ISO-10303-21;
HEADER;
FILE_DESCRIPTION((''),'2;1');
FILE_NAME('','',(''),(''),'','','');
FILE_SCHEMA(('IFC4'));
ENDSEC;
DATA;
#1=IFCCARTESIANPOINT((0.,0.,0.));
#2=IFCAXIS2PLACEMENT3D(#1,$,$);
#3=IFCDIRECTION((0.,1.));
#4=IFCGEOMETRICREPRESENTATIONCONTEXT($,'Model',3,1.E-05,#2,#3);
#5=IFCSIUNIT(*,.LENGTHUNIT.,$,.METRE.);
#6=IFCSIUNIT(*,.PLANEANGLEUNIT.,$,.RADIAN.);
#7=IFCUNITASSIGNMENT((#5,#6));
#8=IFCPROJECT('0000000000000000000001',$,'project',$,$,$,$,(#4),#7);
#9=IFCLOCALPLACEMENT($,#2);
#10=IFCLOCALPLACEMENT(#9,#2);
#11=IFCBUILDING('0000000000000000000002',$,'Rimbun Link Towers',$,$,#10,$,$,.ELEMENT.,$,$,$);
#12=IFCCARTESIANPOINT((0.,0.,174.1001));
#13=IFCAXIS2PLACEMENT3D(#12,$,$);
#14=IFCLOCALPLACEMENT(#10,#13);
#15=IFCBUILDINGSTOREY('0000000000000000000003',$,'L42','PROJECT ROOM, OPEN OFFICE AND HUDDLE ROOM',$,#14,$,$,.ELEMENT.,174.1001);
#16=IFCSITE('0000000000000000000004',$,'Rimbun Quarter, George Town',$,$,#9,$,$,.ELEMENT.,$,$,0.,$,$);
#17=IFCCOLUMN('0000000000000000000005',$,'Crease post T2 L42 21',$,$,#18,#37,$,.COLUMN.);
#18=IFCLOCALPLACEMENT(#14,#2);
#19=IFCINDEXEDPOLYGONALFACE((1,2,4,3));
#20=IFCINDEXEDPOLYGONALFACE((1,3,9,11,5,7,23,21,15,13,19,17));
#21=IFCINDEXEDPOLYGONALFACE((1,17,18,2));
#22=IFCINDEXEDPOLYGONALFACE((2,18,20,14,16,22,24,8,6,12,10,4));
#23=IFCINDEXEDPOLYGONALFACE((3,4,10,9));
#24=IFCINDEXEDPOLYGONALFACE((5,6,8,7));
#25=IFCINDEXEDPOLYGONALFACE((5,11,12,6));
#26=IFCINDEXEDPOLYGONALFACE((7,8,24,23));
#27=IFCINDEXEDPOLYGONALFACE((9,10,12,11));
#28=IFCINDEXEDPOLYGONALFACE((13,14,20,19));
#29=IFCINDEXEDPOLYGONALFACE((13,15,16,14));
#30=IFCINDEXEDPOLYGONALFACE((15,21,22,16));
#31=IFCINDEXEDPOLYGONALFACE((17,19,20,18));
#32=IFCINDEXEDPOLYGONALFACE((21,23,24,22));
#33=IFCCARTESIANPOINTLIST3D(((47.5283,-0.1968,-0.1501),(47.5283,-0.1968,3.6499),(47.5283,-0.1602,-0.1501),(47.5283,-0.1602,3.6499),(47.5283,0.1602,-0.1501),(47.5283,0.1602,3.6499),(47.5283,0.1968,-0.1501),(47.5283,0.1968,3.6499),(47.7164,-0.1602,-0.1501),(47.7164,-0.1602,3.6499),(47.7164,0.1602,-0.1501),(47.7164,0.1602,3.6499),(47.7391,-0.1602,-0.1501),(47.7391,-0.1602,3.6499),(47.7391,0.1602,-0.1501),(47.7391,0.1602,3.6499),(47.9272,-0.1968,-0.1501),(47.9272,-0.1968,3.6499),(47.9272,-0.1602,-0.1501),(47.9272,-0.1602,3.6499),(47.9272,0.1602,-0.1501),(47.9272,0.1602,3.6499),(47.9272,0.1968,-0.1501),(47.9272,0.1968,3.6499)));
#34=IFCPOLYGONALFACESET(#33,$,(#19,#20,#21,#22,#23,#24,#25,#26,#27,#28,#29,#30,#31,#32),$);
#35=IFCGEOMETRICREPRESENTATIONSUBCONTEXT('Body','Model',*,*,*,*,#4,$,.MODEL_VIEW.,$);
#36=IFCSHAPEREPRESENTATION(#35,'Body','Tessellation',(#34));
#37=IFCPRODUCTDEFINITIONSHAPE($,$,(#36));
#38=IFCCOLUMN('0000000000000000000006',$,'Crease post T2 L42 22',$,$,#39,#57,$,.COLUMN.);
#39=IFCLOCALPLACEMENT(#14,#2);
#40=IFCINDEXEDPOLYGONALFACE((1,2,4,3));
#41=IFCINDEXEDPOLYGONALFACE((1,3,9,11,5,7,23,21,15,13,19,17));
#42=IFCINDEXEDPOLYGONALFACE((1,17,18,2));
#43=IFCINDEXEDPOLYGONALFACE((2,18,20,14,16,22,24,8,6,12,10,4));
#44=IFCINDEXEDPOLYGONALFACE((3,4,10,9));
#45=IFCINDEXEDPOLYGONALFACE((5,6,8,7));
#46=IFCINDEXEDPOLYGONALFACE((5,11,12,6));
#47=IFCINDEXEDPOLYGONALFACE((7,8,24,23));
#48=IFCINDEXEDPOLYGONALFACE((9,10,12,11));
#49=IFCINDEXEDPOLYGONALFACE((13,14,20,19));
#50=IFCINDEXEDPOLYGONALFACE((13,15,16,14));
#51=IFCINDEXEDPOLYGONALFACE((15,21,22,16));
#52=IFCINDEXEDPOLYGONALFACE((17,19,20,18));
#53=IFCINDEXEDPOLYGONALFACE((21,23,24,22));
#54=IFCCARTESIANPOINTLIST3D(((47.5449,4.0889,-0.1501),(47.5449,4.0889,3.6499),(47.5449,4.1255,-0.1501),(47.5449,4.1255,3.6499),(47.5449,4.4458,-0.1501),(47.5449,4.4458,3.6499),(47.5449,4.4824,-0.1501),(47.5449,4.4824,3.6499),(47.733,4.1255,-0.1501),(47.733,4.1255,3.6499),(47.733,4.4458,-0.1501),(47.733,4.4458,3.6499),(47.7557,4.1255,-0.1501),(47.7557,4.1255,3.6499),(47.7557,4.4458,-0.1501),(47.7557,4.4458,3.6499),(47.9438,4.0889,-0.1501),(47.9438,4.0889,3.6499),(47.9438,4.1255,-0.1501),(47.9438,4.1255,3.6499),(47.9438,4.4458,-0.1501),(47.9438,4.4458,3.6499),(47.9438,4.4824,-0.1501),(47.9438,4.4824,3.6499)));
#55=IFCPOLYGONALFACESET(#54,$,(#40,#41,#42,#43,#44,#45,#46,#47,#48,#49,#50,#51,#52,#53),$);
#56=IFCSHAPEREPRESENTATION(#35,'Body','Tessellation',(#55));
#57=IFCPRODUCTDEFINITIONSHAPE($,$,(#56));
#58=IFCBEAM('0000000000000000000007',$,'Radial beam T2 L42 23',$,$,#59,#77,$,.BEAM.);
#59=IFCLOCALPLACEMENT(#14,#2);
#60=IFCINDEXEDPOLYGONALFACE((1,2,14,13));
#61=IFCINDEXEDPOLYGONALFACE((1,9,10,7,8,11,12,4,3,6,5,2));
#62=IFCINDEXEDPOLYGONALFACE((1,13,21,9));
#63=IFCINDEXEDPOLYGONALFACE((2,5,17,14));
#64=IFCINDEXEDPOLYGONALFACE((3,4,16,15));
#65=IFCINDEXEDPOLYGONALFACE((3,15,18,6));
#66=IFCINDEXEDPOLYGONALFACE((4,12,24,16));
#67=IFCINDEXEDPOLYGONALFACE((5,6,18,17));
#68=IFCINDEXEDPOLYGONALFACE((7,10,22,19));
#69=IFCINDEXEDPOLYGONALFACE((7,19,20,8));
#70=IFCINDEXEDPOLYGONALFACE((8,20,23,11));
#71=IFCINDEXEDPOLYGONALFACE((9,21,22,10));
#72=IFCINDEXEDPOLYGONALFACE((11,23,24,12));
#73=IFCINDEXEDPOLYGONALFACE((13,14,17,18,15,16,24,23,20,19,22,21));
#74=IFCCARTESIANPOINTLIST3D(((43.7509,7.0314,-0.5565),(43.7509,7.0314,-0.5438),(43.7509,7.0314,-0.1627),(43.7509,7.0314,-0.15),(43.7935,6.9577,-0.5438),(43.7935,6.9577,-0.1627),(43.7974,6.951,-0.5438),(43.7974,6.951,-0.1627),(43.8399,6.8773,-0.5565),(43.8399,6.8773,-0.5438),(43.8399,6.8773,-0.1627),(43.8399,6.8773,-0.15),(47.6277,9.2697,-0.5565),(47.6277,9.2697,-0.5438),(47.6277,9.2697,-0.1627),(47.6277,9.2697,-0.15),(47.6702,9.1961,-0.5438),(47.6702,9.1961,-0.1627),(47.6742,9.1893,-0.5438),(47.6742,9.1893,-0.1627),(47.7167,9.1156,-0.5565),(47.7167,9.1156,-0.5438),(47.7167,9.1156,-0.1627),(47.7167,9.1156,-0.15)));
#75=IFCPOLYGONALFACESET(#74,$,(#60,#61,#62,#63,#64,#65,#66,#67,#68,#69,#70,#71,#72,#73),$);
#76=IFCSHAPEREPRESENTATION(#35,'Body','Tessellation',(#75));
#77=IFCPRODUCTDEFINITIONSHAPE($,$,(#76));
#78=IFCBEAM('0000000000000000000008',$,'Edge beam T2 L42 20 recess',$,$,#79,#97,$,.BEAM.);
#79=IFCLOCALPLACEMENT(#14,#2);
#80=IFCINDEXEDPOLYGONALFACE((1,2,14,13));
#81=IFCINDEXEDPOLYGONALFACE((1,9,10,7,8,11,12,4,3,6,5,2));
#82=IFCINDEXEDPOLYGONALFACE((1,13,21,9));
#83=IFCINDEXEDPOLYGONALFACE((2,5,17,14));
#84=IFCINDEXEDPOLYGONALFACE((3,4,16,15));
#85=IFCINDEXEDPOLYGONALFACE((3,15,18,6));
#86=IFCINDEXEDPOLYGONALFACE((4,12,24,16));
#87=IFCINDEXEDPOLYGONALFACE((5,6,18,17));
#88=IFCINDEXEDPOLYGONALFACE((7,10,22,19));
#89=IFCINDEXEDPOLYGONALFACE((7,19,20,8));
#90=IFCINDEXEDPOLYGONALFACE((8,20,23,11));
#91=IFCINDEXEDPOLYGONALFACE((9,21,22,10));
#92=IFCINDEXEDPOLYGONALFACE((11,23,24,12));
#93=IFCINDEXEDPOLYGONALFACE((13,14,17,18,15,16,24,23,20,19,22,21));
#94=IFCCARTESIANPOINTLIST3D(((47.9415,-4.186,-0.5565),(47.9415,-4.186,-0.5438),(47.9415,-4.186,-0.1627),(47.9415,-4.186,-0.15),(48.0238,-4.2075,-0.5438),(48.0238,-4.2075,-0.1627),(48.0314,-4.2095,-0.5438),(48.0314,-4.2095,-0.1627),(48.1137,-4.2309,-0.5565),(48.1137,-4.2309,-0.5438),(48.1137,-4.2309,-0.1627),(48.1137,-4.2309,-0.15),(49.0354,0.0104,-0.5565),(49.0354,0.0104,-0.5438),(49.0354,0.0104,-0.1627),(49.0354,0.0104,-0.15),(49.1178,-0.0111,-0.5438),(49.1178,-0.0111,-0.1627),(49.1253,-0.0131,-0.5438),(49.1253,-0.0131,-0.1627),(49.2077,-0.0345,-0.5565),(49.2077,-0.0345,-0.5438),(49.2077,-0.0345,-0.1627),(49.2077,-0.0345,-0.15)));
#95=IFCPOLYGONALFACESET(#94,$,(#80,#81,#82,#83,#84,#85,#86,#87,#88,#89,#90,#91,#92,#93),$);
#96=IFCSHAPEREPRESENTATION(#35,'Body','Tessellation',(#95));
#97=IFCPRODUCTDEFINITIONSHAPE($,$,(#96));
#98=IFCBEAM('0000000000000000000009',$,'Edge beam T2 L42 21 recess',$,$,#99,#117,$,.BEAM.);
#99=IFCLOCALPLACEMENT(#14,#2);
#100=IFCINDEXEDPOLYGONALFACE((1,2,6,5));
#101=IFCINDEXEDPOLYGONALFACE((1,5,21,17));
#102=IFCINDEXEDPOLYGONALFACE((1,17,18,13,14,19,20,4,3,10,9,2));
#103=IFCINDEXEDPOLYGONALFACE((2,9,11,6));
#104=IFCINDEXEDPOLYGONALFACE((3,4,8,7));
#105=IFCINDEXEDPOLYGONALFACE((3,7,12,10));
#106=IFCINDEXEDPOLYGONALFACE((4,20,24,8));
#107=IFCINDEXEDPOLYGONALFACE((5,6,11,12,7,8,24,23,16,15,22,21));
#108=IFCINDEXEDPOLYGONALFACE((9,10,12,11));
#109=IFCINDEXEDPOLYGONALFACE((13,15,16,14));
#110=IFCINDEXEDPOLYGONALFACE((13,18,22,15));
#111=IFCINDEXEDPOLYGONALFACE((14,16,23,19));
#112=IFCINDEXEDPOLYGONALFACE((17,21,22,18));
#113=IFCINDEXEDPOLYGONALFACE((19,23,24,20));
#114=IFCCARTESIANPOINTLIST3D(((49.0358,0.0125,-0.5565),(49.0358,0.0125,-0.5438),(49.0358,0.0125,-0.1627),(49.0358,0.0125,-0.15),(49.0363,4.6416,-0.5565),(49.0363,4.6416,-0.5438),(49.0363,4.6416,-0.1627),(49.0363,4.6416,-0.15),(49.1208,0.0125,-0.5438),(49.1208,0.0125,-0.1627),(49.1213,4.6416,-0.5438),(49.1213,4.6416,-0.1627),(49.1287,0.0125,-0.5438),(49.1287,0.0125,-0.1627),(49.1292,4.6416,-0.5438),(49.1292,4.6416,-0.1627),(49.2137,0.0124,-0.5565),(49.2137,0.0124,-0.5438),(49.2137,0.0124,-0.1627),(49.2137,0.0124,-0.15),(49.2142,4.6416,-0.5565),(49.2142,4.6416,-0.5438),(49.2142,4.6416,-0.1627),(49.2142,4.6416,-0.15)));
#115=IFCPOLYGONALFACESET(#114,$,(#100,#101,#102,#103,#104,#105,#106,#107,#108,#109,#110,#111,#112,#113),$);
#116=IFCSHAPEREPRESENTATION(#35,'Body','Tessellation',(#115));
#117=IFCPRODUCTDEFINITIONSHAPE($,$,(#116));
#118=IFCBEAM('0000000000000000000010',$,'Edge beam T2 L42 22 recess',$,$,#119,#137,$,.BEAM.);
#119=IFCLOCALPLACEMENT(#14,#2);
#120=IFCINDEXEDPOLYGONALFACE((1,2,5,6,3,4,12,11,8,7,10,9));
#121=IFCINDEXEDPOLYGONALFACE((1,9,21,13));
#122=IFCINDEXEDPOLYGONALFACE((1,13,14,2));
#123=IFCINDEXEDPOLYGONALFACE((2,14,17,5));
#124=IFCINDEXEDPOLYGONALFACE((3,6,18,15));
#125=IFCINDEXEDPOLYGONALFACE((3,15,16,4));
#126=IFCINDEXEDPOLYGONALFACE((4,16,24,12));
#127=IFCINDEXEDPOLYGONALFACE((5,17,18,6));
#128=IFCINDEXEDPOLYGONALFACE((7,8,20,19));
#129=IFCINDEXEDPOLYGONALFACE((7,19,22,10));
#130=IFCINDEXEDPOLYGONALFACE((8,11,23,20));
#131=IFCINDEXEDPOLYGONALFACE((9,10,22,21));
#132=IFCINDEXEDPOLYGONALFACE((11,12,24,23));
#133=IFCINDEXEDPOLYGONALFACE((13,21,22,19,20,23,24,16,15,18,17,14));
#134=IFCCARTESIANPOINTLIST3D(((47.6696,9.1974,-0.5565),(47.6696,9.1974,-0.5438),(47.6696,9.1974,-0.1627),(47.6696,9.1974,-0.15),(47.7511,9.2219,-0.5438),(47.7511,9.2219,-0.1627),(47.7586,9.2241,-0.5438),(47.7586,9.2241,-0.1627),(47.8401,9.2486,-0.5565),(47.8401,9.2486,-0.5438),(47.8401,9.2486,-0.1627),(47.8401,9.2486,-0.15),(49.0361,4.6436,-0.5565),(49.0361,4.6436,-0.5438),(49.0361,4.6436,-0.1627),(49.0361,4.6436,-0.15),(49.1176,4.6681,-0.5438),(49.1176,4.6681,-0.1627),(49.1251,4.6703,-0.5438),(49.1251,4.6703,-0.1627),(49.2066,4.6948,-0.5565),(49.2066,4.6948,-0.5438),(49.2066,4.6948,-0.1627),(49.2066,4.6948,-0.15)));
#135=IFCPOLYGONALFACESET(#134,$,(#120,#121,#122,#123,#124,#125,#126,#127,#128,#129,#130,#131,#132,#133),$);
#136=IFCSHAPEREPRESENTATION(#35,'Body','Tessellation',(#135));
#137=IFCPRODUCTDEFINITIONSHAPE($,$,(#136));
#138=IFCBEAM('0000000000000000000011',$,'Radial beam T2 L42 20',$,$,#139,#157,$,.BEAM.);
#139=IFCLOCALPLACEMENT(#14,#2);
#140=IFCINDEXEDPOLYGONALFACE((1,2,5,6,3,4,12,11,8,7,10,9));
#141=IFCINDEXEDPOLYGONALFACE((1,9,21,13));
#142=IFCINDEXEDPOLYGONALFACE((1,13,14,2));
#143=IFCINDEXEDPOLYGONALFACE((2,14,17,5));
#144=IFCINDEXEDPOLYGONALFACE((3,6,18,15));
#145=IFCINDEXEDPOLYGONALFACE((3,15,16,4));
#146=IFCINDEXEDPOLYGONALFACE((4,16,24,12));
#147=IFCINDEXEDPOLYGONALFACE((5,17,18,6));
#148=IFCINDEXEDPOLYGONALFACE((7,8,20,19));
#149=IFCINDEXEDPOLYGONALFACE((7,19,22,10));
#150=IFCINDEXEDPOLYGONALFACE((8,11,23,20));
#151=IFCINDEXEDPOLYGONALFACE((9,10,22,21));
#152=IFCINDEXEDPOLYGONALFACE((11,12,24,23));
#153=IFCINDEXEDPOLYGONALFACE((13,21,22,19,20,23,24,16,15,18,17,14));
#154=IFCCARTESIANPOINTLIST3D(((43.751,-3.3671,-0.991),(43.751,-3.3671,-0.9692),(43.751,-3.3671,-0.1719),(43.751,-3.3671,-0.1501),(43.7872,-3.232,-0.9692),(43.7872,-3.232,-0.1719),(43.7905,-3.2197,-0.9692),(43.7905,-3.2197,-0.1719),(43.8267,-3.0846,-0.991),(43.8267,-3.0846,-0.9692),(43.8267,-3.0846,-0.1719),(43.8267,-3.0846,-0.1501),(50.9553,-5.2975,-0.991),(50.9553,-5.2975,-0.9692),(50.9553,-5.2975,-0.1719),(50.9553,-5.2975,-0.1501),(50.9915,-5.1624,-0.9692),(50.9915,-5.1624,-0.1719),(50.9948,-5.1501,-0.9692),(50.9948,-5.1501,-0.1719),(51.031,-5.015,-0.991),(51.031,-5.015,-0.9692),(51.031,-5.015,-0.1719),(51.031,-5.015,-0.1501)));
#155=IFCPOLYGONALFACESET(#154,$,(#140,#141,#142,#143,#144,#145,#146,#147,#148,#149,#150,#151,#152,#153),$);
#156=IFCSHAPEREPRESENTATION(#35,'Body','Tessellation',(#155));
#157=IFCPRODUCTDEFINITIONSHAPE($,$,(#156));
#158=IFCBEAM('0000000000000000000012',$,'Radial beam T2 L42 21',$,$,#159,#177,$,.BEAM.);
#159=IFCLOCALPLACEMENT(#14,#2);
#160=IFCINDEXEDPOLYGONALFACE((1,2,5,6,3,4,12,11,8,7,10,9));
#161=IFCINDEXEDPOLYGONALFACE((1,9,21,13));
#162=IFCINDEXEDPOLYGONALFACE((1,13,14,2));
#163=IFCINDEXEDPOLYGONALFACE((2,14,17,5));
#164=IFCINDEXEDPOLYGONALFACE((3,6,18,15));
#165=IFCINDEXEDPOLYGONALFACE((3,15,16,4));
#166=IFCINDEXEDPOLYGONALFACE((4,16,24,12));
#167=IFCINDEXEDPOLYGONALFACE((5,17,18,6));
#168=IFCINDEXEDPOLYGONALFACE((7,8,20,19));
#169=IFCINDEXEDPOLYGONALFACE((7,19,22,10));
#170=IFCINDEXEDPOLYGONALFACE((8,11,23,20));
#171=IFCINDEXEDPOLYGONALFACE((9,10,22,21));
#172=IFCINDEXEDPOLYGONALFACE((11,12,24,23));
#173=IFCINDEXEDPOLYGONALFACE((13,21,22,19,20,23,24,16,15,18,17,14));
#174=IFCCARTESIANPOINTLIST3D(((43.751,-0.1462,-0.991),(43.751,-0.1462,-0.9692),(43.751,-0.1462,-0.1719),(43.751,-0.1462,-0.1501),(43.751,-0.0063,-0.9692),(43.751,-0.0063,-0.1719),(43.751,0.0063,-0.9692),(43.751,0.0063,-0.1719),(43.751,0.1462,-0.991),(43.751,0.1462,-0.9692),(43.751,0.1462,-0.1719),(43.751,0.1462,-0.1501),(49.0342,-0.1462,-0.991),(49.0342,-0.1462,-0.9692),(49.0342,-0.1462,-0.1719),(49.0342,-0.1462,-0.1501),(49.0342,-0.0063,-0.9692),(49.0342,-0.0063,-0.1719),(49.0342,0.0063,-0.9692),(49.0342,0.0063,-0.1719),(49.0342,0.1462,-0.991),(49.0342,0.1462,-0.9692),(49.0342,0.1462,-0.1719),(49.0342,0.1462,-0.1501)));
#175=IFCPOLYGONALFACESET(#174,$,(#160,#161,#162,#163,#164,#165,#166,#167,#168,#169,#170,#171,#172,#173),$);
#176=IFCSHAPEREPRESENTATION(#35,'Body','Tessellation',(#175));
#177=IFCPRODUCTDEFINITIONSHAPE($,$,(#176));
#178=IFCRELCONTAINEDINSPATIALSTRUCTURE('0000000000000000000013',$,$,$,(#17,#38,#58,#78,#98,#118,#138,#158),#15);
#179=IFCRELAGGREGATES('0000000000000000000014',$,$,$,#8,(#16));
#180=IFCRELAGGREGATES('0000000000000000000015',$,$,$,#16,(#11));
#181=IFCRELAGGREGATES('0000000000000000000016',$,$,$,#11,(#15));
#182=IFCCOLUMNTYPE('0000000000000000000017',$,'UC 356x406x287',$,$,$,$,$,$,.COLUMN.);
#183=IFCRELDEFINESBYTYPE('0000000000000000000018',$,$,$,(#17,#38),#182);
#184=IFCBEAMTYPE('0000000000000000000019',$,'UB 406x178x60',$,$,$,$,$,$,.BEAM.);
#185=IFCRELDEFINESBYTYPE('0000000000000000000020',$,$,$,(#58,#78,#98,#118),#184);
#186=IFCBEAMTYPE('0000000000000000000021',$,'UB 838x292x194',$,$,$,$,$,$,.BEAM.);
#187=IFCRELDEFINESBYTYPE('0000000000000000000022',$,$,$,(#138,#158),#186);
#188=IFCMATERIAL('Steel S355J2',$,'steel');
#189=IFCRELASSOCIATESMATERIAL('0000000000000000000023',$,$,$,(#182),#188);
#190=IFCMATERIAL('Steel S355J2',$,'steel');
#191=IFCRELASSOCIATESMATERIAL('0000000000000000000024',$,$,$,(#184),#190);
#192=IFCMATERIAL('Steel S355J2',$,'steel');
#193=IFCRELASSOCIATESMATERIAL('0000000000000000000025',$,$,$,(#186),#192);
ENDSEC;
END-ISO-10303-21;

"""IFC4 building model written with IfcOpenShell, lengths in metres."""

from ifc_helpers import new_model, si_unit, direction, frame, origin, origin_2d, place, context, subcontext, project, spatial, i_section, extrude, material, material_profile, profile_set, type_object, element, save


model = new_model("IFC4")

# Units and contexts
model_context = context("Model", 3, precision=1e-05, world=origin(), true_north=direction((0.0, 1.0)))
body_context = subcontext(model_context, "Body", "Model", "MODEL_VIEW")
ifc_project = project(units=[si_unit("LENGTHUNIT", "METRE"), si_unit("PLANEANGLEUNIT", "RADIAN")], contexts=[model_context])

# Site, building, storey
site_placement = place(None, origin())
site = spatial("IfcSite", under=ifc_project, at=site_placement, Name="Rimbun Quarter, George Town", CompositionType="ELEMENT", RefElevation=0.0)
building_placement = place(site_placement, origin())
building = spatial("IfcBuilding", under=site, at=building_placement, Name="Rimbun Link Towers", CompositionType="ELEMENT")
storey_placement = place(building_placement, frame((0.0, 0.0, 174.1001)))
storey = spatial("IfcBuildingStorey", under=building, at=storey_placement, Name="L42", Description="PROJECT ROOM, OPEN OFFICE AND HUDDLE ROOM", CompositionType="ELEMENT", Elevation=174.1001)

# Columns
ifc_material_1 = material(Name="Steel S355J2", Category="steel")
ifc_material_profile_1 = material_profile(ifc_material_1, i_section(OverallWidth=0.3989, OverallDepth=0.3936, WebThickness=0.0227, FlangeThickness=0.0366, at=origin_2d()), Name="UC 356x406x287")
ifc_profile_set_1 = profile_set([ifc_material_profile_1], Name="Steel S355J2")
column_type = type_object("IfcColumnType", Name="UC 356x406x287", PredefinedType="COLUMN", material=ifc_profile_set_1)
for number, where, z_axis, x_axis, name in (
    (1, (47.7278, 0.0, -0.1501), (0.0, 0.0, 1.0), (1.0, 0.0, 0.0), "Crease post T2 L42 21"),
    (2, (47.7444, 4.2856, -0.1501), (0.0, 0.0, 1.0), (1.0, 0.0, 0.0), "Crease post T2 L42 22"),
):
    element("IfcColumn", number, at=place(storey_placement, frame(where, z_axis=z_axis, x_axis=x_axis)), inside=storey, type_object=column_type, Name=name, PredefinedType="COLUMN", context=body_context, shape_type="SweptSolid", body=[
        extrude(i_section(OverallWidth=0.3989, OverallDepth=0.3936, WebThickness=0.0227, FlangeThickness=0.0366, at=origin_2d()), origin(), (0.0, 0.0, 1.0), 3.8),
    ])

# Beams
ifc_material_2 = material(Name="Steel S355J2", Category="steel")
ifc_material_profile_2 = material_profile(ifc_material_2, i_section(OverallWidth=0.178, OverallDepth=0.4065, WebThickness=0.0078, FlangeThickness=0.0127, at=origin_2d()), Name="UB 406x178x60")
ifc_profile_set_2 = profile_set([ifc_material_profile_2], Name="Steel S355J2")
beam_type_1 = type_object("IfcBeamType", Name="UB 406x178x60", PredefinedType="BEAM", material=ifc_profile_set_2)
beam_1_placement = place(storey_placement, frame((43.7954, 6.9543, -0.3533), z_axis=(0.866019, 0.50001, 0.0), x_axis=(-0.50001, 0.866019, 0.0)))
element("IfcBeam", 3, at=beam_1_placement, inside=storey, type_object=beam_type_1, Name="Radial beam T2 L42 23", PredefinedType="BEAM", context=body_context, shape_type="SweptSolid", body=[
    extrude(i_section(OverallWidth=0.178, OverallDepth=0.4065, WebThickness=0.0078, FlangeThickness=0.0127, at=origin_2d()), origin(), (0.0, 0.0, 1.0), 4.4766),
])
beam_2_placement = place(storey_placement, frame((48.0276, -4.2085, -0.3533), z_axis=(0.252259, 0.96766, 0.0), x_axis=(-0.96766, 0.252259, 0.0)))
element("IfcBeam", 4, at=beam_2_placement, inside=storey, type_object=beam_type_1, Name="Edge beam T2 L42 20 recess", PredefinedType="BEAM", context=body_context, shape_type="SweptSolid", body=[
    extrude(i_section(OverallWidth=0.178, OverallDepth=0.4065, WebThickness=0.0078, FlangeThickness=0.0127, at=origin_2d()), origin(), (0.0, 0.0, 1.0), 4.3367),
])
beam_3_placement = place(storey_placement, frame((49.1248, 0.0125, -0.3533), z_axis=(0.000105, 1.0, 0.0), x_axis=(-1.0, 0.000105, 0.0)))
element("IfcBeam", 5, at=beam_3_placement, inside=storey, type_object=beam_type_1, Name="Edge beam T2 L42 21 recess", PredefinedType="BEAM", context=body_context, shape_type="SweptSolid", body=[
    extrude(i_section(OverallWidth=0.178, OverallDepth=0.4065, WebThickness=0.0078, FlangeThickness=0.0127, at=origin_2d()), origin(), (0.0, 0.0, 1.0), 4.6292),
])
beam_4_placement = place(storey_placement, frame((49.1213, 4.6692, -0.3533), z_axis=(-0.287414, 0.957806, 0.0), x_axis=(-0.957806, -0.287414, 0.0)))
element("IfcBeam", 6, at=beam_4_placement, inside=storey, type_object=beam_type_1, Name="Edge beam T2 L42 22 recess", PredefinedType="BEAM", context=body_context, shape_type="SweptSolid", body=[
    extrude(i_section(OverallWidth=0.178, OverallDepth=0.4065, WebThickness=0.0078, FlangeThickness=0.0127, at=origin_2d()), origin(), (0.0, 0.0, 1.0), 4.7544),
])
ifc_material_3 = material(Name="Steel S355J2", Category="steel")
ifc_material_profile_3 = material_profile(ifc_material_3, i_section(OverallWidth=0.2925, OverallDepth=0.8408, WebThickness=0.0127, FlangeThickness=0.0217, at=origin_2d()), Name="UB 838x292x194")
ifc_profile_set_3 = profile_set([ifc_material_profile_3], Name="Steel S355J2")
beam_type_2 = type_object("IfcBeamType", Name="UB 838x292x194", PredefinedType="BEAM", material=ifc_profile_set_3)
beam_5_placement = place(storey_placement, frame((43.7888, -3.2258, -0.5706), z_axis=(0.965925, -0.258822, 0.0), x_axis=(0.258822, 0.965925, 0.0)))
element("IfcBeam", 7, at=beam_5_placement, inside=storey, type_object=beam_type_2, Name="Radial beam T2 L42 20", PredefinedType="BEAM", context=body_context, shape_type="SweptSolid", body=[
    extrude(i_section(OverallWidth=0.2925, OverallDepth=0.8408, WebThickness=0.0127, FlangeThickness=0.0217, at=origin_2d()), origin(), (0.0, 0.0, 1.0), 7.4585),
])
beam_6_placement = place(storey_placement, frame((43.751, 0.0, -0.5706), z_axis=(1.0, 0.0, 0.0), x_axis=(0.0, 1.0, 0.0)))
element("IfcBeam", 8, at=beam_6_placement, inside=storey, type_object=beam_type_2, Name="Radial beam T2 L42 21", PredefinedType="BEAM", context=body_context, shape_type="SweptSolid", body=[
    extrude(i_section(OverallWidth=0.2925, OverallDepth=0.8408, WebThickness=0.0127, FlangeThickness=0.0217, at=origin_2d()), origin(), (0.0, 0.0, 1.0), 5.2832),
])

save(model, "model.ifc")
